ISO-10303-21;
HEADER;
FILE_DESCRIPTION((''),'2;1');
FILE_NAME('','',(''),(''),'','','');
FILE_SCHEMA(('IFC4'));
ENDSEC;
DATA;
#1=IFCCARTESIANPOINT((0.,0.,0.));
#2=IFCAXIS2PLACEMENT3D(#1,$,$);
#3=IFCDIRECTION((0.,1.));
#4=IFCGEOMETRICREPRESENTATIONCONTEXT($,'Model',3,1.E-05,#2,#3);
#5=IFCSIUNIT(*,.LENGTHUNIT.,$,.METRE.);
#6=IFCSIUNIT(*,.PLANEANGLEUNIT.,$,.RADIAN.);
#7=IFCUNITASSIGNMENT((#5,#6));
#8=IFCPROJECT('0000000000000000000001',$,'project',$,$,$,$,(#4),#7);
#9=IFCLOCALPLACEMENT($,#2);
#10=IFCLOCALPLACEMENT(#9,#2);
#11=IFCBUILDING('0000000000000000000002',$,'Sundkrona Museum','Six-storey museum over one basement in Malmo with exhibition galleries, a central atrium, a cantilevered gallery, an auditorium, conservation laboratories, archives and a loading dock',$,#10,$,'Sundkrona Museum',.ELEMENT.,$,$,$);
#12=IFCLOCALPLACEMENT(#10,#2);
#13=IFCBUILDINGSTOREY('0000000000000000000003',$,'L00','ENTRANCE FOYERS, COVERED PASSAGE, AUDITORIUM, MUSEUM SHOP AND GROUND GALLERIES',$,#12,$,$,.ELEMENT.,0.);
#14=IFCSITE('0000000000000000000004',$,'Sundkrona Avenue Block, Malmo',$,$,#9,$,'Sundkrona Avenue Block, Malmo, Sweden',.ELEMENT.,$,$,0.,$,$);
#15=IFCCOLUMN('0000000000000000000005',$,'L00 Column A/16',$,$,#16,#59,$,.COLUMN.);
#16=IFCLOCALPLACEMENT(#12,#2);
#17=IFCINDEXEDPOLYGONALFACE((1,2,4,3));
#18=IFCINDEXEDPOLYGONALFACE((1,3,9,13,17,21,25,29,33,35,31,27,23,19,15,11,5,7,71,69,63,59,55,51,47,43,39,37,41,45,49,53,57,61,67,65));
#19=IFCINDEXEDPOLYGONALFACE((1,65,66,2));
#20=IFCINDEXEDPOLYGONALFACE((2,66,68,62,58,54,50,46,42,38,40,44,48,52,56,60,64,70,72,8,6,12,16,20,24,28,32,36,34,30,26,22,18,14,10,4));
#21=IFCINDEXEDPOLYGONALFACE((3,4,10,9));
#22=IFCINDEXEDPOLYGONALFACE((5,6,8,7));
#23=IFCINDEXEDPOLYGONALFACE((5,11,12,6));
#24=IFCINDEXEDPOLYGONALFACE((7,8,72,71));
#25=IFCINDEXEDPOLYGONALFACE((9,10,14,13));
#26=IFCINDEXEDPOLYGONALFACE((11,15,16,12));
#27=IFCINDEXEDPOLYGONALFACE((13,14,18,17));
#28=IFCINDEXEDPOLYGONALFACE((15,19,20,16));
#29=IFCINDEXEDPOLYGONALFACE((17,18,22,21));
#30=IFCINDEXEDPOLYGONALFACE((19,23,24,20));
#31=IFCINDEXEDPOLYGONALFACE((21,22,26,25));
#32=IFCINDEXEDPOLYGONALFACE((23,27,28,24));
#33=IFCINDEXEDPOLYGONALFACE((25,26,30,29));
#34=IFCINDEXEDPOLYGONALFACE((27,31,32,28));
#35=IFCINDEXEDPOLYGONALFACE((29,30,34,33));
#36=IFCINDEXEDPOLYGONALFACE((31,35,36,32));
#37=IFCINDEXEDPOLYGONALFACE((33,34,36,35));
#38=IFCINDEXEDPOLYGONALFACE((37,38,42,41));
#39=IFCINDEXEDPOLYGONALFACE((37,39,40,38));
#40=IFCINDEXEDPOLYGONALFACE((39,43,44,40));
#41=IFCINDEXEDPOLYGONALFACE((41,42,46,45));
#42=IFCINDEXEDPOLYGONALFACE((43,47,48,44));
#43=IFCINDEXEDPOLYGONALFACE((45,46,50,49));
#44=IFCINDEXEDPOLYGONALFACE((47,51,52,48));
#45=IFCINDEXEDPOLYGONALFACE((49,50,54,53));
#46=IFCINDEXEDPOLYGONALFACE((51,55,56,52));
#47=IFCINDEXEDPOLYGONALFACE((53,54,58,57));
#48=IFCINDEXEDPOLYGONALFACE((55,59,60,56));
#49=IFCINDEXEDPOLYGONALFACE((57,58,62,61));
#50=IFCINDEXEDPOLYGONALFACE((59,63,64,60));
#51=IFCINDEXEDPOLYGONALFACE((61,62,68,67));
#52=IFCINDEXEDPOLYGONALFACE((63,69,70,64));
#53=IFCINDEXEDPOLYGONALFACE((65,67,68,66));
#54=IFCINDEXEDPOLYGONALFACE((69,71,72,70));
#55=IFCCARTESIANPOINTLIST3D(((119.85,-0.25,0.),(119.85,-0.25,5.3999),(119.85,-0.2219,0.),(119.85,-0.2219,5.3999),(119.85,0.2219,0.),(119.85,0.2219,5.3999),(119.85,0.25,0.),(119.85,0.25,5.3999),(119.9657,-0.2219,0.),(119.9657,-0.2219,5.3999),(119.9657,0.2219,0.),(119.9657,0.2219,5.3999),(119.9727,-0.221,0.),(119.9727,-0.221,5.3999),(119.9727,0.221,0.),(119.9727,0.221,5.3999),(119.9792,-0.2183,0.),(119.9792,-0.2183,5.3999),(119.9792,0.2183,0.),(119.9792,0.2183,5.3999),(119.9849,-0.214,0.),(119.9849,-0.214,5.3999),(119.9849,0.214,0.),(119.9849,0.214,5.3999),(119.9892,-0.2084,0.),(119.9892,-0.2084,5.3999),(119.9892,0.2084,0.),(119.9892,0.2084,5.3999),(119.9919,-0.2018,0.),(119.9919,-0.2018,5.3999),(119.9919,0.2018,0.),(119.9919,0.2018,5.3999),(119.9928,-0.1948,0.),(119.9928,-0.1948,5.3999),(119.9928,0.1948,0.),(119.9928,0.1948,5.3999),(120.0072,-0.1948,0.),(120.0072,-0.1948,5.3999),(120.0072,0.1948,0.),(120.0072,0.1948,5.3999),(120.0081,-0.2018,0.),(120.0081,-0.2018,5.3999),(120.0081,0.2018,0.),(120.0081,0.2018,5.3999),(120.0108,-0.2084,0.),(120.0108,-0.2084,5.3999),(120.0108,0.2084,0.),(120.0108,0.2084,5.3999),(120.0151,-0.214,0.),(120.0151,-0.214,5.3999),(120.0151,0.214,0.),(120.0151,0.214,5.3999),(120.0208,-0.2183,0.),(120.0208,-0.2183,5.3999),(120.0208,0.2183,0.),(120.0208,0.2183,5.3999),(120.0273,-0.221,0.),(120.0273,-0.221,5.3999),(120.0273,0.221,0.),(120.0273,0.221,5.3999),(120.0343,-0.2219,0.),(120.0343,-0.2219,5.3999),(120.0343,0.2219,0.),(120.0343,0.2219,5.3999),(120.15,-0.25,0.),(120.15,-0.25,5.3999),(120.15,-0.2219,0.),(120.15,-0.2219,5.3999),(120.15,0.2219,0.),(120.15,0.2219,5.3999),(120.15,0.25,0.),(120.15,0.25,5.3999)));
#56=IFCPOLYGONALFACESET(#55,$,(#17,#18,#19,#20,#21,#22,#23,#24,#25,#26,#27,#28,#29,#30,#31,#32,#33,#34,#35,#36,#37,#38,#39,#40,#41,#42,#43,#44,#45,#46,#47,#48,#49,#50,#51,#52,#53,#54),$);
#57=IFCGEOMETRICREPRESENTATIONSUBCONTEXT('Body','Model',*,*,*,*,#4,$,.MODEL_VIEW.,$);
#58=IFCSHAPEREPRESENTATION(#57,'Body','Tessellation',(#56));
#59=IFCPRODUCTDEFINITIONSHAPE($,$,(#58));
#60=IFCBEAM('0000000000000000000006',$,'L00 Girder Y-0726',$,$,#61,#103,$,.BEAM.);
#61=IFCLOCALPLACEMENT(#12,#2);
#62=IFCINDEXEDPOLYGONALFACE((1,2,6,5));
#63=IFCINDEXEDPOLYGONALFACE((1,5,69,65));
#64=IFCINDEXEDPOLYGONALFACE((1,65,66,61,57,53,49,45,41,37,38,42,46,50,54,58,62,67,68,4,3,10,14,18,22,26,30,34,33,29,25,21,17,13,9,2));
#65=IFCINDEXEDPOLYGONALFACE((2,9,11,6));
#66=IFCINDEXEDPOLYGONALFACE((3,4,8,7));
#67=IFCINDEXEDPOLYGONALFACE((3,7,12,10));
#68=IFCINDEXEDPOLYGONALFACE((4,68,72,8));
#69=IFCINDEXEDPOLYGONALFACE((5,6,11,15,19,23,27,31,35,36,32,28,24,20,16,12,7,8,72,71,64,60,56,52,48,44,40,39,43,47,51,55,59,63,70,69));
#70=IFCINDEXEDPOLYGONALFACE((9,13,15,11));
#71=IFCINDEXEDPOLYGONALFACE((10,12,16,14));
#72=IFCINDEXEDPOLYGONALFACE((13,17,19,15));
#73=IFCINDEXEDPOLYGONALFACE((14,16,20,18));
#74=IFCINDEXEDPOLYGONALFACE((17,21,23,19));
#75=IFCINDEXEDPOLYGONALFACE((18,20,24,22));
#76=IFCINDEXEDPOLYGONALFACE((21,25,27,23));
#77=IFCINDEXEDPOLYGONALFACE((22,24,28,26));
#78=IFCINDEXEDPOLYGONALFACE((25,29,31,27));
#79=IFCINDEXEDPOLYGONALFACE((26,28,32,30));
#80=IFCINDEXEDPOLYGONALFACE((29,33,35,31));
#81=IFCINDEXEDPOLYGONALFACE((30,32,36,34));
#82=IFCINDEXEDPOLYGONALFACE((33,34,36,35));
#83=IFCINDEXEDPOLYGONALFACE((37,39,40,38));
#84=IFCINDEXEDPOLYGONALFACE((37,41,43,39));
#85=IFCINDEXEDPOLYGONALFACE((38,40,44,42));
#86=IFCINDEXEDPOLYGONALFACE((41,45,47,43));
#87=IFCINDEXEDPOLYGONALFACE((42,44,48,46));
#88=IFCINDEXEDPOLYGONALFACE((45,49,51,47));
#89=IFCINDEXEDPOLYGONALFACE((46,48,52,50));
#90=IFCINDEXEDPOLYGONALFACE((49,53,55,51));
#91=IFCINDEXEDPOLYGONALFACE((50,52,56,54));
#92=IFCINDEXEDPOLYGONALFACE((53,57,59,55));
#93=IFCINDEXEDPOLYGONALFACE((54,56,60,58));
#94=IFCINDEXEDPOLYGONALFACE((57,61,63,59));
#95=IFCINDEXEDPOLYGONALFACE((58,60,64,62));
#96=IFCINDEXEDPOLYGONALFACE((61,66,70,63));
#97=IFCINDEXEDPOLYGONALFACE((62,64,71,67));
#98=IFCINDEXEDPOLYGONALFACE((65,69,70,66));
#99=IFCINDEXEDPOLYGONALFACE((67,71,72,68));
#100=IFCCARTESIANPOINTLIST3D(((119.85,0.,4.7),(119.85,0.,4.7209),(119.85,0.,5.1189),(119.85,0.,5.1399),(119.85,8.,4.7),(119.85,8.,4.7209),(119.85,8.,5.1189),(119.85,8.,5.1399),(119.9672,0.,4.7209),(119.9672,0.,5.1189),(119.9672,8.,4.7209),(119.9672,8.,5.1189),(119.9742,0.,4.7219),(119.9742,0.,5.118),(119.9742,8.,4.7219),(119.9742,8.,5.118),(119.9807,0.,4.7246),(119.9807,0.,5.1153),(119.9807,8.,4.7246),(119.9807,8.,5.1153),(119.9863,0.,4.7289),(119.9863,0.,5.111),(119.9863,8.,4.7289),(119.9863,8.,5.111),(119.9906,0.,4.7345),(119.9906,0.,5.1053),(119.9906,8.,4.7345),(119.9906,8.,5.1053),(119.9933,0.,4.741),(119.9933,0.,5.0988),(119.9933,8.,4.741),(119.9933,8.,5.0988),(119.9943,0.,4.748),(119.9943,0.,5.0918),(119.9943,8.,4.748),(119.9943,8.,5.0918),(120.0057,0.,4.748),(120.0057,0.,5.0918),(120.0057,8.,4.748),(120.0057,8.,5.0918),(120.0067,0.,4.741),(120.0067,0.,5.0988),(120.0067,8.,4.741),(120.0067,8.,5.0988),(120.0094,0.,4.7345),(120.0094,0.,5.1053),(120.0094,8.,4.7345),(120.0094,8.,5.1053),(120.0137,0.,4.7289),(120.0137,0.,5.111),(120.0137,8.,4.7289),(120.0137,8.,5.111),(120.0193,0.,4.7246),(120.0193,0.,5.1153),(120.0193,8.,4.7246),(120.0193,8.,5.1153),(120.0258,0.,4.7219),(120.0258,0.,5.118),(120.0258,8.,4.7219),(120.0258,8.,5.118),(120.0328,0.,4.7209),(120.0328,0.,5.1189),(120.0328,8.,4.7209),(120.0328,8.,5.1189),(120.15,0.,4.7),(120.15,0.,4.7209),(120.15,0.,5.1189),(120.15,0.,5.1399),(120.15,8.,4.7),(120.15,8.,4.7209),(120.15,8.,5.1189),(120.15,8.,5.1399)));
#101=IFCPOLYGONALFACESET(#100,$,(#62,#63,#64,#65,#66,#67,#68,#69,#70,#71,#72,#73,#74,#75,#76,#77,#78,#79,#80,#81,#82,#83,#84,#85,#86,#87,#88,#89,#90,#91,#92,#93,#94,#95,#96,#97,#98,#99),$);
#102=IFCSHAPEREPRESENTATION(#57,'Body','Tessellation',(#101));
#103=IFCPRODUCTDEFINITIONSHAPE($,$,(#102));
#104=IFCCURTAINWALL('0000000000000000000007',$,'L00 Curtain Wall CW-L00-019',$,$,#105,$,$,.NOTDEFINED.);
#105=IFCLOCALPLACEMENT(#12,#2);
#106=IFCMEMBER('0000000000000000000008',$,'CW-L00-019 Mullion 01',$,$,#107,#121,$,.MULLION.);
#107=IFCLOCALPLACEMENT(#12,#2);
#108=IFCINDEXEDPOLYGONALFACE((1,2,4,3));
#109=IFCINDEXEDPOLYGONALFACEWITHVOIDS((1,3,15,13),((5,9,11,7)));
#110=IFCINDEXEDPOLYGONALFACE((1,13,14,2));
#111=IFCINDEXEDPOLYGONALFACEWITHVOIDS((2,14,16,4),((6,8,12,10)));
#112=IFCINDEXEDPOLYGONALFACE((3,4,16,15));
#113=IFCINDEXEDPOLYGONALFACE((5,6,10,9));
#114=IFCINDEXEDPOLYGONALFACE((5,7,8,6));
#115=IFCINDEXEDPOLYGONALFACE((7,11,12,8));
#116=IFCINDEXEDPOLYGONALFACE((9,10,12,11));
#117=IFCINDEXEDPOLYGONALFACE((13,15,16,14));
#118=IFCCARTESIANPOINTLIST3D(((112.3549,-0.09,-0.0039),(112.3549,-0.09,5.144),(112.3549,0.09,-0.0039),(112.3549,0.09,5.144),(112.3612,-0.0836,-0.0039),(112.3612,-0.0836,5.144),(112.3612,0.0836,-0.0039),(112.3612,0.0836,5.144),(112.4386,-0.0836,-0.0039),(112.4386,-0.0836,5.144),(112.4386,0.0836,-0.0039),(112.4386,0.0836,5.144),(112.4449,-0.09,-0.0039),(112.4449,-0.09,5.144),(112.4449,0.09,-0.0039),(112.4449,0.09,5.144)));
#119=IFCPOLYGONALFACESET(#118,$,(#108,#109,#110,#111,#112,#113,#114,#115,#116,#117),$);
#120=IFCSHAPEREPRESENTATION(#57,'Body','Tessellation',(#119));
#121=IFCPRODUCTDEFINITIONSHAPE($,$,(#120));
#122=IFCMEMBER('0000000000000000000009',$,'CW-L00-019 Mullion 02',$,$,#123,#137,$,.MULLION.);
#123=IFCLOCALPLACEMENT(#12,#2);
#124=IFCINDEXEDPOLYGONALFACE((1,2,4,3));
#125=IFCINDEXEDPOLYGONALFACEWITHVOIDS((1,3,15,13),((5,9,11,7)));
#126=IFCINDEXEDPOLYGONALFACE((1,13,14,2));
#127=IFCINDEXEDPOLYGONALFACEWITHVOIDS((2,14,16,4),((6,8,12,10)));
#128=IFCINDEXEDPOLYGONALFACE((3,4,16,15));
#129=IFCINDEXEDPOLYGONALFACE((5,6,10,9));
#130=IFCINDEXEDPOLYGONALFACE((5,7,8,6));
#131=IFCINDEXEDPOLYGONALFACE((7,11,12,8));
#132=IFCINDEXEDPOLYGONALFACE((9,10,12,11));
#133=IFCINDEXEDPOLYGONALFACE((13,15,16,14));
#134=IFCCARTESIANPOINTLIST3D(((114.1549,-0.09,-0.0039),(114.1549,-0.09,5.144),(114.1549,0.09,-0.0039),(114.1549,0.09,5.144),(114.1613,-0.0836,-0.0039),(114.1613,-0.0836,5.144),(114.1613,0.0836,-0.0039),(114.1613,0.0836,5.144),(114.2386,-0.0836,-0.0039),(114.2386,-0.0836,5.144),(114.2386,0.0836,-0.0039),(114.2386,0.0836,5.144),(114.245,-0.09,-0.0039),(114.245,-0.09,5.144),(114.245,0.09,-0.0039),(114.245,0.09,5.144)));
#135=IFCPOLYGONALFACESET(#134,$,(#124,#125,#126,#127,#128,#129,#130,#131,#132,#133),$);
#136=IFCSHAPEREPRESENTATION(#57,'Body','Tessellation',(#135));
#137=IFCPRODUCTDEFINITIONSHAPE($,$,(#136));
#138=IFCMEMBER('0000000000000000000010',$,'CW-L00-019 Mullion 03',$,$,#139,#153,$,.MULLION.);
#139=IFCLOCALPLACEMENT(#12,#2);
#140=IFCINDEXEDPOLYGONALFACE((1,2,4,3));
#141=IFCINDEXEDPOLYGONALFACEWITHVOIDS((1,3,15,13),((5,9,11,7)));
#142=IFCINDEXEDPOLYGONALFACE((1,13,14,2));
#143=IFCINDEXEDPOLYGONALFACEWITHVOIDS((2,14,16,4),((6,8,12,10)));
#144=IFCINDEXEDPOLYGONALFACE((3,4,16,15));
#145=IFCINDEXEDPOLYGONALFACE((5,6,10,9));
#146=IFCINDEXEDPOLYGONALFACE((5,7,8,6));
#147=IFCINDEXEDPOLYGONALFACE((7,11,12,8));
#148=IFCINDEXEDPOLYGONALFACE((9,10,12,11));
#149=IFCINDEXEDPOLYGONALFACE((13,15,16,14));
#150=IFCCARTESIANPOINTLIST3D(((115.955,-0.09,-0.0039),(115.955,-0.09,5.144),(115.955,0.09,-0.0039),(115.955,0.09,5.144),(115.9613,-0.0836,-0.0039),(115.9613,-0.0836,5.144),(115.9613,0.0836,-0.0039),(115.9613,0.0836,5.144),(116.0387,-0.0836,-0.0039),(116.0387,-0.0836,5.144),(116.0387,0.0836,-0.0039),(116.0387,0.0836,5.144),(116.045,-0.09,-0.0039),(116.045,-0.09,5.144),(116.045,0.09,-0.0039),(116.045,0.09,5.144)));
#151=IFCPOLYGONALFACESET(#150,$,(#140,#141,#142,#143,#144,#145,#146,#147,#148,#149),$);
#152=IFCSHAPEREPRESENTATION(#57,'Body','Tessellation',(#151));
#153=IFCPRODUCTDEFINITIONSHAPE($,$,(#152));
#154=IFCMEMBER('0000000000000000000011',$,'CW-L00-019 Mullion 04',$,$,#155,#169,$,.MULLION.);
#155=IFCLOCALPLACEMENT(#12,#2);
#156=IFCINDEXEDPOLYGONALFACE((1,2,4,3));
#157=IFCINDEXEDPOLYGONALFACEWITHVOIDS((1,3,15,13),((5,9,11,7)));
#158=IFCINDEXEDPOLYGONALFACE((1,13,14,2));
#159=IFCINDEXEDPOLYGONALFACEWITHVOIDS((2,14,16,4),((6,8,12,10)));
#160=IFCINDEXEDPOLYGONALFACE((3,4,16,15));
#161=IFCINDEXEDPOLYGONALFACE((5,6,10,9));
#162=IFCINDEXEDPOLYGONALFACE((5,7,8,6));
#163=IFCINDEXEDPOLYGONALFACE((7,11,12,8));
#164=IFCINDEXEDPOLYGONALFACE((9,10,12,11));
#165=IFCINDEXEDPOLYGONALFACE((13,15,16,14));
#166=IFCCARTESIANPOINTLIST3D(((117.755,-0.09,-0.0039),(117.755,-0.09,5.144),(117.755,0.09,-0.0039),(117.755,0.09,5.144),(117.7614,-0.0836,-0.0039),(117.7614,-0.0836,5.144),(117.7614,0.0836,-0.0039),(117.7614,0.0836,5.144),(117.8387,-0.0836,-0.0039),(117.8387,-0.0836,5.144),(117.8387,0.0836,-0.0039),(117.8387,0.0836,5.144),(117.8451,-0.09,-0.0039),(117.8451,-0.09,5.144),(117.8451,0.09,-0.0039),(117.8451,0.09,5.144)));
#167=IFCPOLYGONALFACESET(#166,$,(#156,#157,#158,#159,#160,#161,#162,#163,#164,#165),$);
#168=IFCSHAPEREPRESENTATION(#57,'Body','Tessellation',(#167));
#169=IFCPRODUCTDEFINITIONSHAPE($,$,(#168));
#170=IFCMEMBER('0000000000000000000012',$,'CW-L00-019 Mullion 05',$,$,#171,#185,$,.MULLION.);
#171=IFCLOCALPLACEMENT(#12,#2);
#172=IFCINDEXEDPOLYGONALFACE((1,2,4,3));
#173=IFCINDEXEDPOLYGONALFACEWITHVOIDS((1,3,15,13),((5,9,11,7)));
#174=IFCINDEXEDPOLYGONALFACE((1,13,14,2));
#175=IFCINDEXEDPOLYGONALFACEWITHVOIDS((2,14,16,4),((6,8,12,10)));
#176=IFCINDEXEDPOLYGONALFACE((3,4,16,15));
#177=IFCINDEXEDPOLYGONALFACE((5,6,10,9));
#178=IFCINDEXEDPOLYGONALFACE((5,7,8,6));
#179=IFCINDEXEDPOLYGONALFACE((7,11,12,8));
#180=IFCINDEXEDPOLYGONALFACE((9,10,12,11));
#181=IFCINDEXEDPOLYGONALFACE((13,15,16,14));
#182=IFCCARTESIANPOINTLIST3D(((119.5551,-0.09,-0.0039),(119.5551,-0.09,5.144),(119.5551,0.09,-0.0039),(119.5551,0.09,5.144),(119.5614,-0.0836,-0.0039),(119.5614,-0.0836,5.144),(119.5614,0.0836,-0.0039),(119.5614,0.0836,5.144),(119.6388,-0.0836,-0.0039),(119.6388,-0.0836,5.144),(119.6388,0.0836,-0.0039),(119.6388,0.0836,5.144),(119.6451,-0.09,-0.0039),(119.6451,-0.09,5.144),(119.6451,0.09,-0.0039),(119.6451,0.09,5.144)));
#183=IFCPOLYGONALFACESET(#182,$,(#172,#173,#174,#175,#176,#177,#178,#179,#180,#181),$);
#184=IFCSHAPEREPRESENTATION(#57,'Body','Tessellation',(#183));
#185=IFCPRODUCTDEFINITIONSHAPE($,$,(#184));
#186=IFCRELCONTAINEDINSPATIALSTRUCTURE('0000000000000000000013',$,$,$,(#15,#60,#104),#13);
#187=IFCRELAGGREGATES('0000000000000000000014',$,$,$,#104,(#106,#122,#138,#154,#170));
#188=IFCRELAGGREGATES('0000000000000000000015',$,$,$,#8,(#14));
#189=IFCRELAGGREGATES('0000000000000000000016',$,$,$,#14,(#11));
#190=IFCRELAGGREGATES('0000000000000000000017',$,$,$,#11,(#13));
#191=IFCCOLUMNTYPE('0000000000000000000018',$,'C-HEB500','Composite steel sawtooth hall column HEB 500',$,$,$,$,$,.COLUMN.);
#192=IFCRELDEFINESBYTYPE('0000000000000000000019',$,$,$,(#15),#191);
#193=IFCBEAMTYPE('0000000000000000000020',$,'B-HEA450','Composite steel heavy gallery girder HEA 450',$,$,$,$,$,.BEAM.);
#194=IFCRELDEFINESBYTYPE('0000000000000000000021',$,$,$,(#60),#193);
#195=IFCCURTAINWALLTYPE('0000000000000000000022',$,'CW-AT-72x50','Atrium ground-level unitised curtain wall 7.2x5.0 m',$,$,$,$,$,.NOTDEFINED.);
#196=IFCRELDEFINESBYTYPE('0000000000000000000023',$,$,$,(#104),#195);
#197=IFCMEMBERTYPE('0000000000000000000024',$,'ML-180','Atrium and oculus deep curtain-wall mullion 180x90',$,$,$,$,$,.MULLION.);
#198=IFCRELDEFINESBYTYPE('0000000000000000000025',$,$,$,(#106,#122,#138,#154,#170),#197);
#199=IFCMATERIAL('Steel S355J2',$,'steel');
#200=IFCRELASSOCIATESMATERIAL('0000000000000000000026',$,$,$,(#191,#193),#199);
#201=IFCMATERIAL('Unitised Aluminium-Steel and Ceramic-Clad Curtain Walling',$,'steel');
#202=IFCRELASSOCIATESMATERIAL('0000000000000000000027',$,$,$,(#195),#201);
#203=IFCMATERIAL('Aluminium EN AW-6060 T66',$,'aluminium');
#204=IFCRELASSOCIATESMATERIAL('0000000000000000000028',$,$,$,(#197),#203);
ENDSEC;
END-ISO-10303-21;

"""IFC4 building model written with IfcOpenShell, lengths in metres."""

from ifc_helpers import new_model, si_unit, direction, frame, origin, origin_2d, place, context, subcontext, project, spatial, hollow_rectangle, i_section, extrude, material, material_profile, profile_set, type_object, element, aggregate, save


model = new_model("IFC4")

# Units and contexts
model_context = context("Model", 3, precision=1e-05, world=origin(), true_north=direction((0.0, 1.0)))
body_context = subcontext(model_context, "Body", "Model", "MODEL_VIEW")
ifc_project = project(units=[si_unit("LENGTHUNIT", "METRE"), si_unit("PLANEANGLEUNIT", "RADIAN")], contexts=[model_context])

# Site, building, storey
site_placement = place(None, origin())
site = spatial("IfcSite", under=ifc_project, at=site_placement, Name="Sundkrona Avenue Block, Malmo", LongName="Sundkrona Avenue Block, Malmo, Sweden", CompositionType="ELEMENT", RefElevation=0.0)
building_placement = place(site_placement, origin())
building = spatial("IfcBuilding", under=site, at=building_placement, Name="Sundkrona Museum", Description="Six-storey museum over one basement in Malmo with exhibition galleries, a central atrium, a cantilevered gallery, an auditorium, conservation laboratories, archives and a loading dock", LongName="Sundkrona Museum", CompositionType="ELEMENT")
storey_placement = place(building_placement, origin())
storey = spatial("IfcBuildingStorey", under=building, at=storey_placement, Name="L00", Description="ENTRANCE FOYERS, COVERED PASSAGE, AUDITORIUM, MUSEUM SHOP AND GROUND GALLERIES", CompositionType="ELEMENT", Elevation=0.0)

# Column
ifc_material_1 = material(Name="Steel S355J2", Category="steel")
ifc_material_profile_1 = material_profile(ifc_material_1, i_section(OverallWidth=0.3, OverallDepth=0.5, WebThickness=0.0144, FlangeThickness=0.0281, FilletRadius=0.0271, at=origin_2d()), Name="HEB 500")
ifc_profile_set_1 = profile_set([ifc_material_profile_1], Name="Steel S355J2")
column_type = type_object("IfcColumnType", Name="C-HEB500", Description="Composite steel sawtooth hall column HEB 500", PredefinedType="COLUMN", material=ifc_profile_set_1)
column_placement = place(storey_placement, frame((120.0, 0.0, 0.0), z_axis=(0.0, 0.0, 1.0), x_axis=(1.0, 0.0, 0.0)))
element("IfcColumn", 1, at=column_placement, inside=storey, type_object=column_type, Name="L00 Column A/16", PredefinedType="COLUMN", context=body_context, shape_type="SweptSolid", body=[
    extrude(i_section(OverallWidth=0.3, OverallDepth=0.5, WebThickness=0.0144, FlangeThickness=0.0281, FilletRadius=0.0271, at=origin_2d()), origin(), (0.0, 0.0, 1.0), 5.3999),
])

# Beam
ifc_material_profile_2 = material_profile(ifc_material_1, i_section(OverallWidth=0.3, OverallDepth=0.4399, WebThickness=0.0115, FlangeThickness=0.021, FilletRadius=0.0271, at=origin_2d()), Name="HEA 450")
ifc_profile_set_2 = profile_set([ifc_material_profile_2], Name="Steel S355J2")
beam_type_1 = type_object("IfcBeamType", Name="B-HEA450", Description="Composite steel heavy gallery girder HEA 450", PredefinedType="BEAM", material=ifc_profile_set_2)
beam_1_placement = place(storey_placement, frame((120.0, 0.0, 4.9199), z_axis=(0.0, 1.0, 0.0), x_axis=(-1.0, 0.0, 0.0)))
element("IfcBeam", 2, at=beam_1_placement, inside=storey, type_object=beam_type_1, Name="L00 Girder Y-0726", PredefinedType="BEAM", context=body_context, shape_type="SweptSolid", body=[
    extrude(i_section(OverallWidth=0.3, OverallDepth=0.4399, WebThickness=0.0115, FlangeThickness=0.021, FilletRadius=0.0271, at=origin_2d()), origin(), (0.0, 0.0, 1.0), 8.0),
])

# Curtain wall, members
ifc_material_2 = material(Name="Unitised Aluminium-Steel and Ceramic-Clad Curtain Walling", Category="steel")
curtain_wall_type = type_object("IfcCurtainWallType", Name="CW-AT-72x50", Description="Atrium ground-level unitised curtain wall 7.2x5.0 m", PredefinedType="NOTDEFINED", material=ifc_material_2)
curtain_wall_placement = place(storey_placement, origin())
curtain_wall = element("IfcCurtainWall", 3, at=curtain_wall_placement, inside=storey, type_object=curtain_wall_type, Name="L00 Curtain Wall CW-L00-019", PredefinedType="NOTDEFINED")
ifc_material_3 = material(Name="Aluminium EN AW-6060 T66", Category="aluminium")
ifc_material_profile_3 = material_profile(ifc_material_3, hollow_rectangle(XDim=0.0901, YDim=0.1799, WallThickness=0.0063, at=origin_2d()), Name="RHS 180x90x6.3")
ifc_profile_set_3 = profile_set([ifc_material_profile_3], Name="Aluminium EN AW-6060 T66")
member_type_1 = type_object("IfcMemberType", Name="ML-180", Description="Atrium and oculus deep curtain-wall mullion 180x90", PredefinedType="MULLION", material=ifc_profile_set_3)
member_1_placement = place(storey_placement, frame((112.3999, 0.0, -0.0039), z_axis=(0.0, 0.0, 1.0), x_axis=(1.0, 0.0, 0.0)))
member_1 = element("IfcMember", 4, at=member_1_placement, type_object=member_type_1, Name="CW-L00-019 Mullion 01", PredefinedType="MULLION", context=body_context, shape_type="SweptSolid", body=[
    extrude(hollow_rectangle(XDim=0.0901, YDim=0.1799, WallThickness=0.0063, at=origin_2d()), origin(), (0.0, 0.0, 1.0), 5.1479),
])
member_2_placement = place(storey_placement, frame((114.2, 0.0, -0.0039), z_axis=(0.0, 0.0, 1.0), x_axis=(1.0, 0.0, 0.0)))
member_2 = element("IfcMember", 5, at=member_2_placement, type_object=member_type_1, Name="CW-L00-019 Mullion 02", PredefinedType="MULLION", context=body_context, shape_type="SweptSolid", body=[
    extrude(hollow_rectangle(XDim=0.0901, YDim=0.1799, WallThickness=0.0063, at=origin_2d()), origin(), (0.0, 0.0, 1.0), 5.1479),
])
member_3_placement = place(storey_placement, frame((116.0, 0.0, -0.0039), z_axis=(0.0, 0.0, 1.0), x_axis=(1.0, 0.0, 0.0)))
member_3 = element("IfcMember", 6, at=member_3_placement, type_object=member_type_1, Name="CW-L00-019 Mullion 03", PredefinedType="MULLION", context=body_context, shape_type="SweptSolid", body=[
    extrude(hollow_rectangle(XDim=0.0901, YDim=0.1799, WallThickness=0.0063, at=origin_2d()), origin(), (0.0, 0.0, 1.0), 5.1479),
])
member_4_placement = place(storey_placement, frame((117.8, 0.0, -0.0039), z_axis=(0.0, 0.0, 1.0), x_axis=(1.0, 0.0, 0.0)))
member_4 = element("IfcMember", 7, at=member_4_placement, type_object=member_type_1, Name="CW-L00-019 Mullion 04", PredefinedType="MULLION", context=body_context, shape_type="SweptSolid", body=[
    extrude(hollow_rectangle(XDim=0.0901, YDim=0.1799, WallThickness=0.0063, at=origin_2d()), origin(), (0.0, 0.0, 1.0), 5.1479),
])
member_5_placement = place(storey_placement, frame((119.6001, 0.0, -0.0039), z_axis=(0.0, 0.0, 1.0), x_axis=(1.0, 0.0, 0.0)))
member_5 = element("IfcMember", 8, at=member_5_placement, type_object=member_type_1, Name="CW-L00-019 Mullion 05", PredefinedType="MULLION", context=body_context, shape_type="SweptSolid", body=[
    extrude(hollow_rectangle(XDim=0.0901, YDim=0.1799, WallThickness=0.0063, at=origin_2d()), origin(), (0.0, 0.0, 1.0), 5.1479),
])

aggregate(curtain_wall, [member_1, member_2, member_3, member_4, member_5])

save(model, "model.ifc")
